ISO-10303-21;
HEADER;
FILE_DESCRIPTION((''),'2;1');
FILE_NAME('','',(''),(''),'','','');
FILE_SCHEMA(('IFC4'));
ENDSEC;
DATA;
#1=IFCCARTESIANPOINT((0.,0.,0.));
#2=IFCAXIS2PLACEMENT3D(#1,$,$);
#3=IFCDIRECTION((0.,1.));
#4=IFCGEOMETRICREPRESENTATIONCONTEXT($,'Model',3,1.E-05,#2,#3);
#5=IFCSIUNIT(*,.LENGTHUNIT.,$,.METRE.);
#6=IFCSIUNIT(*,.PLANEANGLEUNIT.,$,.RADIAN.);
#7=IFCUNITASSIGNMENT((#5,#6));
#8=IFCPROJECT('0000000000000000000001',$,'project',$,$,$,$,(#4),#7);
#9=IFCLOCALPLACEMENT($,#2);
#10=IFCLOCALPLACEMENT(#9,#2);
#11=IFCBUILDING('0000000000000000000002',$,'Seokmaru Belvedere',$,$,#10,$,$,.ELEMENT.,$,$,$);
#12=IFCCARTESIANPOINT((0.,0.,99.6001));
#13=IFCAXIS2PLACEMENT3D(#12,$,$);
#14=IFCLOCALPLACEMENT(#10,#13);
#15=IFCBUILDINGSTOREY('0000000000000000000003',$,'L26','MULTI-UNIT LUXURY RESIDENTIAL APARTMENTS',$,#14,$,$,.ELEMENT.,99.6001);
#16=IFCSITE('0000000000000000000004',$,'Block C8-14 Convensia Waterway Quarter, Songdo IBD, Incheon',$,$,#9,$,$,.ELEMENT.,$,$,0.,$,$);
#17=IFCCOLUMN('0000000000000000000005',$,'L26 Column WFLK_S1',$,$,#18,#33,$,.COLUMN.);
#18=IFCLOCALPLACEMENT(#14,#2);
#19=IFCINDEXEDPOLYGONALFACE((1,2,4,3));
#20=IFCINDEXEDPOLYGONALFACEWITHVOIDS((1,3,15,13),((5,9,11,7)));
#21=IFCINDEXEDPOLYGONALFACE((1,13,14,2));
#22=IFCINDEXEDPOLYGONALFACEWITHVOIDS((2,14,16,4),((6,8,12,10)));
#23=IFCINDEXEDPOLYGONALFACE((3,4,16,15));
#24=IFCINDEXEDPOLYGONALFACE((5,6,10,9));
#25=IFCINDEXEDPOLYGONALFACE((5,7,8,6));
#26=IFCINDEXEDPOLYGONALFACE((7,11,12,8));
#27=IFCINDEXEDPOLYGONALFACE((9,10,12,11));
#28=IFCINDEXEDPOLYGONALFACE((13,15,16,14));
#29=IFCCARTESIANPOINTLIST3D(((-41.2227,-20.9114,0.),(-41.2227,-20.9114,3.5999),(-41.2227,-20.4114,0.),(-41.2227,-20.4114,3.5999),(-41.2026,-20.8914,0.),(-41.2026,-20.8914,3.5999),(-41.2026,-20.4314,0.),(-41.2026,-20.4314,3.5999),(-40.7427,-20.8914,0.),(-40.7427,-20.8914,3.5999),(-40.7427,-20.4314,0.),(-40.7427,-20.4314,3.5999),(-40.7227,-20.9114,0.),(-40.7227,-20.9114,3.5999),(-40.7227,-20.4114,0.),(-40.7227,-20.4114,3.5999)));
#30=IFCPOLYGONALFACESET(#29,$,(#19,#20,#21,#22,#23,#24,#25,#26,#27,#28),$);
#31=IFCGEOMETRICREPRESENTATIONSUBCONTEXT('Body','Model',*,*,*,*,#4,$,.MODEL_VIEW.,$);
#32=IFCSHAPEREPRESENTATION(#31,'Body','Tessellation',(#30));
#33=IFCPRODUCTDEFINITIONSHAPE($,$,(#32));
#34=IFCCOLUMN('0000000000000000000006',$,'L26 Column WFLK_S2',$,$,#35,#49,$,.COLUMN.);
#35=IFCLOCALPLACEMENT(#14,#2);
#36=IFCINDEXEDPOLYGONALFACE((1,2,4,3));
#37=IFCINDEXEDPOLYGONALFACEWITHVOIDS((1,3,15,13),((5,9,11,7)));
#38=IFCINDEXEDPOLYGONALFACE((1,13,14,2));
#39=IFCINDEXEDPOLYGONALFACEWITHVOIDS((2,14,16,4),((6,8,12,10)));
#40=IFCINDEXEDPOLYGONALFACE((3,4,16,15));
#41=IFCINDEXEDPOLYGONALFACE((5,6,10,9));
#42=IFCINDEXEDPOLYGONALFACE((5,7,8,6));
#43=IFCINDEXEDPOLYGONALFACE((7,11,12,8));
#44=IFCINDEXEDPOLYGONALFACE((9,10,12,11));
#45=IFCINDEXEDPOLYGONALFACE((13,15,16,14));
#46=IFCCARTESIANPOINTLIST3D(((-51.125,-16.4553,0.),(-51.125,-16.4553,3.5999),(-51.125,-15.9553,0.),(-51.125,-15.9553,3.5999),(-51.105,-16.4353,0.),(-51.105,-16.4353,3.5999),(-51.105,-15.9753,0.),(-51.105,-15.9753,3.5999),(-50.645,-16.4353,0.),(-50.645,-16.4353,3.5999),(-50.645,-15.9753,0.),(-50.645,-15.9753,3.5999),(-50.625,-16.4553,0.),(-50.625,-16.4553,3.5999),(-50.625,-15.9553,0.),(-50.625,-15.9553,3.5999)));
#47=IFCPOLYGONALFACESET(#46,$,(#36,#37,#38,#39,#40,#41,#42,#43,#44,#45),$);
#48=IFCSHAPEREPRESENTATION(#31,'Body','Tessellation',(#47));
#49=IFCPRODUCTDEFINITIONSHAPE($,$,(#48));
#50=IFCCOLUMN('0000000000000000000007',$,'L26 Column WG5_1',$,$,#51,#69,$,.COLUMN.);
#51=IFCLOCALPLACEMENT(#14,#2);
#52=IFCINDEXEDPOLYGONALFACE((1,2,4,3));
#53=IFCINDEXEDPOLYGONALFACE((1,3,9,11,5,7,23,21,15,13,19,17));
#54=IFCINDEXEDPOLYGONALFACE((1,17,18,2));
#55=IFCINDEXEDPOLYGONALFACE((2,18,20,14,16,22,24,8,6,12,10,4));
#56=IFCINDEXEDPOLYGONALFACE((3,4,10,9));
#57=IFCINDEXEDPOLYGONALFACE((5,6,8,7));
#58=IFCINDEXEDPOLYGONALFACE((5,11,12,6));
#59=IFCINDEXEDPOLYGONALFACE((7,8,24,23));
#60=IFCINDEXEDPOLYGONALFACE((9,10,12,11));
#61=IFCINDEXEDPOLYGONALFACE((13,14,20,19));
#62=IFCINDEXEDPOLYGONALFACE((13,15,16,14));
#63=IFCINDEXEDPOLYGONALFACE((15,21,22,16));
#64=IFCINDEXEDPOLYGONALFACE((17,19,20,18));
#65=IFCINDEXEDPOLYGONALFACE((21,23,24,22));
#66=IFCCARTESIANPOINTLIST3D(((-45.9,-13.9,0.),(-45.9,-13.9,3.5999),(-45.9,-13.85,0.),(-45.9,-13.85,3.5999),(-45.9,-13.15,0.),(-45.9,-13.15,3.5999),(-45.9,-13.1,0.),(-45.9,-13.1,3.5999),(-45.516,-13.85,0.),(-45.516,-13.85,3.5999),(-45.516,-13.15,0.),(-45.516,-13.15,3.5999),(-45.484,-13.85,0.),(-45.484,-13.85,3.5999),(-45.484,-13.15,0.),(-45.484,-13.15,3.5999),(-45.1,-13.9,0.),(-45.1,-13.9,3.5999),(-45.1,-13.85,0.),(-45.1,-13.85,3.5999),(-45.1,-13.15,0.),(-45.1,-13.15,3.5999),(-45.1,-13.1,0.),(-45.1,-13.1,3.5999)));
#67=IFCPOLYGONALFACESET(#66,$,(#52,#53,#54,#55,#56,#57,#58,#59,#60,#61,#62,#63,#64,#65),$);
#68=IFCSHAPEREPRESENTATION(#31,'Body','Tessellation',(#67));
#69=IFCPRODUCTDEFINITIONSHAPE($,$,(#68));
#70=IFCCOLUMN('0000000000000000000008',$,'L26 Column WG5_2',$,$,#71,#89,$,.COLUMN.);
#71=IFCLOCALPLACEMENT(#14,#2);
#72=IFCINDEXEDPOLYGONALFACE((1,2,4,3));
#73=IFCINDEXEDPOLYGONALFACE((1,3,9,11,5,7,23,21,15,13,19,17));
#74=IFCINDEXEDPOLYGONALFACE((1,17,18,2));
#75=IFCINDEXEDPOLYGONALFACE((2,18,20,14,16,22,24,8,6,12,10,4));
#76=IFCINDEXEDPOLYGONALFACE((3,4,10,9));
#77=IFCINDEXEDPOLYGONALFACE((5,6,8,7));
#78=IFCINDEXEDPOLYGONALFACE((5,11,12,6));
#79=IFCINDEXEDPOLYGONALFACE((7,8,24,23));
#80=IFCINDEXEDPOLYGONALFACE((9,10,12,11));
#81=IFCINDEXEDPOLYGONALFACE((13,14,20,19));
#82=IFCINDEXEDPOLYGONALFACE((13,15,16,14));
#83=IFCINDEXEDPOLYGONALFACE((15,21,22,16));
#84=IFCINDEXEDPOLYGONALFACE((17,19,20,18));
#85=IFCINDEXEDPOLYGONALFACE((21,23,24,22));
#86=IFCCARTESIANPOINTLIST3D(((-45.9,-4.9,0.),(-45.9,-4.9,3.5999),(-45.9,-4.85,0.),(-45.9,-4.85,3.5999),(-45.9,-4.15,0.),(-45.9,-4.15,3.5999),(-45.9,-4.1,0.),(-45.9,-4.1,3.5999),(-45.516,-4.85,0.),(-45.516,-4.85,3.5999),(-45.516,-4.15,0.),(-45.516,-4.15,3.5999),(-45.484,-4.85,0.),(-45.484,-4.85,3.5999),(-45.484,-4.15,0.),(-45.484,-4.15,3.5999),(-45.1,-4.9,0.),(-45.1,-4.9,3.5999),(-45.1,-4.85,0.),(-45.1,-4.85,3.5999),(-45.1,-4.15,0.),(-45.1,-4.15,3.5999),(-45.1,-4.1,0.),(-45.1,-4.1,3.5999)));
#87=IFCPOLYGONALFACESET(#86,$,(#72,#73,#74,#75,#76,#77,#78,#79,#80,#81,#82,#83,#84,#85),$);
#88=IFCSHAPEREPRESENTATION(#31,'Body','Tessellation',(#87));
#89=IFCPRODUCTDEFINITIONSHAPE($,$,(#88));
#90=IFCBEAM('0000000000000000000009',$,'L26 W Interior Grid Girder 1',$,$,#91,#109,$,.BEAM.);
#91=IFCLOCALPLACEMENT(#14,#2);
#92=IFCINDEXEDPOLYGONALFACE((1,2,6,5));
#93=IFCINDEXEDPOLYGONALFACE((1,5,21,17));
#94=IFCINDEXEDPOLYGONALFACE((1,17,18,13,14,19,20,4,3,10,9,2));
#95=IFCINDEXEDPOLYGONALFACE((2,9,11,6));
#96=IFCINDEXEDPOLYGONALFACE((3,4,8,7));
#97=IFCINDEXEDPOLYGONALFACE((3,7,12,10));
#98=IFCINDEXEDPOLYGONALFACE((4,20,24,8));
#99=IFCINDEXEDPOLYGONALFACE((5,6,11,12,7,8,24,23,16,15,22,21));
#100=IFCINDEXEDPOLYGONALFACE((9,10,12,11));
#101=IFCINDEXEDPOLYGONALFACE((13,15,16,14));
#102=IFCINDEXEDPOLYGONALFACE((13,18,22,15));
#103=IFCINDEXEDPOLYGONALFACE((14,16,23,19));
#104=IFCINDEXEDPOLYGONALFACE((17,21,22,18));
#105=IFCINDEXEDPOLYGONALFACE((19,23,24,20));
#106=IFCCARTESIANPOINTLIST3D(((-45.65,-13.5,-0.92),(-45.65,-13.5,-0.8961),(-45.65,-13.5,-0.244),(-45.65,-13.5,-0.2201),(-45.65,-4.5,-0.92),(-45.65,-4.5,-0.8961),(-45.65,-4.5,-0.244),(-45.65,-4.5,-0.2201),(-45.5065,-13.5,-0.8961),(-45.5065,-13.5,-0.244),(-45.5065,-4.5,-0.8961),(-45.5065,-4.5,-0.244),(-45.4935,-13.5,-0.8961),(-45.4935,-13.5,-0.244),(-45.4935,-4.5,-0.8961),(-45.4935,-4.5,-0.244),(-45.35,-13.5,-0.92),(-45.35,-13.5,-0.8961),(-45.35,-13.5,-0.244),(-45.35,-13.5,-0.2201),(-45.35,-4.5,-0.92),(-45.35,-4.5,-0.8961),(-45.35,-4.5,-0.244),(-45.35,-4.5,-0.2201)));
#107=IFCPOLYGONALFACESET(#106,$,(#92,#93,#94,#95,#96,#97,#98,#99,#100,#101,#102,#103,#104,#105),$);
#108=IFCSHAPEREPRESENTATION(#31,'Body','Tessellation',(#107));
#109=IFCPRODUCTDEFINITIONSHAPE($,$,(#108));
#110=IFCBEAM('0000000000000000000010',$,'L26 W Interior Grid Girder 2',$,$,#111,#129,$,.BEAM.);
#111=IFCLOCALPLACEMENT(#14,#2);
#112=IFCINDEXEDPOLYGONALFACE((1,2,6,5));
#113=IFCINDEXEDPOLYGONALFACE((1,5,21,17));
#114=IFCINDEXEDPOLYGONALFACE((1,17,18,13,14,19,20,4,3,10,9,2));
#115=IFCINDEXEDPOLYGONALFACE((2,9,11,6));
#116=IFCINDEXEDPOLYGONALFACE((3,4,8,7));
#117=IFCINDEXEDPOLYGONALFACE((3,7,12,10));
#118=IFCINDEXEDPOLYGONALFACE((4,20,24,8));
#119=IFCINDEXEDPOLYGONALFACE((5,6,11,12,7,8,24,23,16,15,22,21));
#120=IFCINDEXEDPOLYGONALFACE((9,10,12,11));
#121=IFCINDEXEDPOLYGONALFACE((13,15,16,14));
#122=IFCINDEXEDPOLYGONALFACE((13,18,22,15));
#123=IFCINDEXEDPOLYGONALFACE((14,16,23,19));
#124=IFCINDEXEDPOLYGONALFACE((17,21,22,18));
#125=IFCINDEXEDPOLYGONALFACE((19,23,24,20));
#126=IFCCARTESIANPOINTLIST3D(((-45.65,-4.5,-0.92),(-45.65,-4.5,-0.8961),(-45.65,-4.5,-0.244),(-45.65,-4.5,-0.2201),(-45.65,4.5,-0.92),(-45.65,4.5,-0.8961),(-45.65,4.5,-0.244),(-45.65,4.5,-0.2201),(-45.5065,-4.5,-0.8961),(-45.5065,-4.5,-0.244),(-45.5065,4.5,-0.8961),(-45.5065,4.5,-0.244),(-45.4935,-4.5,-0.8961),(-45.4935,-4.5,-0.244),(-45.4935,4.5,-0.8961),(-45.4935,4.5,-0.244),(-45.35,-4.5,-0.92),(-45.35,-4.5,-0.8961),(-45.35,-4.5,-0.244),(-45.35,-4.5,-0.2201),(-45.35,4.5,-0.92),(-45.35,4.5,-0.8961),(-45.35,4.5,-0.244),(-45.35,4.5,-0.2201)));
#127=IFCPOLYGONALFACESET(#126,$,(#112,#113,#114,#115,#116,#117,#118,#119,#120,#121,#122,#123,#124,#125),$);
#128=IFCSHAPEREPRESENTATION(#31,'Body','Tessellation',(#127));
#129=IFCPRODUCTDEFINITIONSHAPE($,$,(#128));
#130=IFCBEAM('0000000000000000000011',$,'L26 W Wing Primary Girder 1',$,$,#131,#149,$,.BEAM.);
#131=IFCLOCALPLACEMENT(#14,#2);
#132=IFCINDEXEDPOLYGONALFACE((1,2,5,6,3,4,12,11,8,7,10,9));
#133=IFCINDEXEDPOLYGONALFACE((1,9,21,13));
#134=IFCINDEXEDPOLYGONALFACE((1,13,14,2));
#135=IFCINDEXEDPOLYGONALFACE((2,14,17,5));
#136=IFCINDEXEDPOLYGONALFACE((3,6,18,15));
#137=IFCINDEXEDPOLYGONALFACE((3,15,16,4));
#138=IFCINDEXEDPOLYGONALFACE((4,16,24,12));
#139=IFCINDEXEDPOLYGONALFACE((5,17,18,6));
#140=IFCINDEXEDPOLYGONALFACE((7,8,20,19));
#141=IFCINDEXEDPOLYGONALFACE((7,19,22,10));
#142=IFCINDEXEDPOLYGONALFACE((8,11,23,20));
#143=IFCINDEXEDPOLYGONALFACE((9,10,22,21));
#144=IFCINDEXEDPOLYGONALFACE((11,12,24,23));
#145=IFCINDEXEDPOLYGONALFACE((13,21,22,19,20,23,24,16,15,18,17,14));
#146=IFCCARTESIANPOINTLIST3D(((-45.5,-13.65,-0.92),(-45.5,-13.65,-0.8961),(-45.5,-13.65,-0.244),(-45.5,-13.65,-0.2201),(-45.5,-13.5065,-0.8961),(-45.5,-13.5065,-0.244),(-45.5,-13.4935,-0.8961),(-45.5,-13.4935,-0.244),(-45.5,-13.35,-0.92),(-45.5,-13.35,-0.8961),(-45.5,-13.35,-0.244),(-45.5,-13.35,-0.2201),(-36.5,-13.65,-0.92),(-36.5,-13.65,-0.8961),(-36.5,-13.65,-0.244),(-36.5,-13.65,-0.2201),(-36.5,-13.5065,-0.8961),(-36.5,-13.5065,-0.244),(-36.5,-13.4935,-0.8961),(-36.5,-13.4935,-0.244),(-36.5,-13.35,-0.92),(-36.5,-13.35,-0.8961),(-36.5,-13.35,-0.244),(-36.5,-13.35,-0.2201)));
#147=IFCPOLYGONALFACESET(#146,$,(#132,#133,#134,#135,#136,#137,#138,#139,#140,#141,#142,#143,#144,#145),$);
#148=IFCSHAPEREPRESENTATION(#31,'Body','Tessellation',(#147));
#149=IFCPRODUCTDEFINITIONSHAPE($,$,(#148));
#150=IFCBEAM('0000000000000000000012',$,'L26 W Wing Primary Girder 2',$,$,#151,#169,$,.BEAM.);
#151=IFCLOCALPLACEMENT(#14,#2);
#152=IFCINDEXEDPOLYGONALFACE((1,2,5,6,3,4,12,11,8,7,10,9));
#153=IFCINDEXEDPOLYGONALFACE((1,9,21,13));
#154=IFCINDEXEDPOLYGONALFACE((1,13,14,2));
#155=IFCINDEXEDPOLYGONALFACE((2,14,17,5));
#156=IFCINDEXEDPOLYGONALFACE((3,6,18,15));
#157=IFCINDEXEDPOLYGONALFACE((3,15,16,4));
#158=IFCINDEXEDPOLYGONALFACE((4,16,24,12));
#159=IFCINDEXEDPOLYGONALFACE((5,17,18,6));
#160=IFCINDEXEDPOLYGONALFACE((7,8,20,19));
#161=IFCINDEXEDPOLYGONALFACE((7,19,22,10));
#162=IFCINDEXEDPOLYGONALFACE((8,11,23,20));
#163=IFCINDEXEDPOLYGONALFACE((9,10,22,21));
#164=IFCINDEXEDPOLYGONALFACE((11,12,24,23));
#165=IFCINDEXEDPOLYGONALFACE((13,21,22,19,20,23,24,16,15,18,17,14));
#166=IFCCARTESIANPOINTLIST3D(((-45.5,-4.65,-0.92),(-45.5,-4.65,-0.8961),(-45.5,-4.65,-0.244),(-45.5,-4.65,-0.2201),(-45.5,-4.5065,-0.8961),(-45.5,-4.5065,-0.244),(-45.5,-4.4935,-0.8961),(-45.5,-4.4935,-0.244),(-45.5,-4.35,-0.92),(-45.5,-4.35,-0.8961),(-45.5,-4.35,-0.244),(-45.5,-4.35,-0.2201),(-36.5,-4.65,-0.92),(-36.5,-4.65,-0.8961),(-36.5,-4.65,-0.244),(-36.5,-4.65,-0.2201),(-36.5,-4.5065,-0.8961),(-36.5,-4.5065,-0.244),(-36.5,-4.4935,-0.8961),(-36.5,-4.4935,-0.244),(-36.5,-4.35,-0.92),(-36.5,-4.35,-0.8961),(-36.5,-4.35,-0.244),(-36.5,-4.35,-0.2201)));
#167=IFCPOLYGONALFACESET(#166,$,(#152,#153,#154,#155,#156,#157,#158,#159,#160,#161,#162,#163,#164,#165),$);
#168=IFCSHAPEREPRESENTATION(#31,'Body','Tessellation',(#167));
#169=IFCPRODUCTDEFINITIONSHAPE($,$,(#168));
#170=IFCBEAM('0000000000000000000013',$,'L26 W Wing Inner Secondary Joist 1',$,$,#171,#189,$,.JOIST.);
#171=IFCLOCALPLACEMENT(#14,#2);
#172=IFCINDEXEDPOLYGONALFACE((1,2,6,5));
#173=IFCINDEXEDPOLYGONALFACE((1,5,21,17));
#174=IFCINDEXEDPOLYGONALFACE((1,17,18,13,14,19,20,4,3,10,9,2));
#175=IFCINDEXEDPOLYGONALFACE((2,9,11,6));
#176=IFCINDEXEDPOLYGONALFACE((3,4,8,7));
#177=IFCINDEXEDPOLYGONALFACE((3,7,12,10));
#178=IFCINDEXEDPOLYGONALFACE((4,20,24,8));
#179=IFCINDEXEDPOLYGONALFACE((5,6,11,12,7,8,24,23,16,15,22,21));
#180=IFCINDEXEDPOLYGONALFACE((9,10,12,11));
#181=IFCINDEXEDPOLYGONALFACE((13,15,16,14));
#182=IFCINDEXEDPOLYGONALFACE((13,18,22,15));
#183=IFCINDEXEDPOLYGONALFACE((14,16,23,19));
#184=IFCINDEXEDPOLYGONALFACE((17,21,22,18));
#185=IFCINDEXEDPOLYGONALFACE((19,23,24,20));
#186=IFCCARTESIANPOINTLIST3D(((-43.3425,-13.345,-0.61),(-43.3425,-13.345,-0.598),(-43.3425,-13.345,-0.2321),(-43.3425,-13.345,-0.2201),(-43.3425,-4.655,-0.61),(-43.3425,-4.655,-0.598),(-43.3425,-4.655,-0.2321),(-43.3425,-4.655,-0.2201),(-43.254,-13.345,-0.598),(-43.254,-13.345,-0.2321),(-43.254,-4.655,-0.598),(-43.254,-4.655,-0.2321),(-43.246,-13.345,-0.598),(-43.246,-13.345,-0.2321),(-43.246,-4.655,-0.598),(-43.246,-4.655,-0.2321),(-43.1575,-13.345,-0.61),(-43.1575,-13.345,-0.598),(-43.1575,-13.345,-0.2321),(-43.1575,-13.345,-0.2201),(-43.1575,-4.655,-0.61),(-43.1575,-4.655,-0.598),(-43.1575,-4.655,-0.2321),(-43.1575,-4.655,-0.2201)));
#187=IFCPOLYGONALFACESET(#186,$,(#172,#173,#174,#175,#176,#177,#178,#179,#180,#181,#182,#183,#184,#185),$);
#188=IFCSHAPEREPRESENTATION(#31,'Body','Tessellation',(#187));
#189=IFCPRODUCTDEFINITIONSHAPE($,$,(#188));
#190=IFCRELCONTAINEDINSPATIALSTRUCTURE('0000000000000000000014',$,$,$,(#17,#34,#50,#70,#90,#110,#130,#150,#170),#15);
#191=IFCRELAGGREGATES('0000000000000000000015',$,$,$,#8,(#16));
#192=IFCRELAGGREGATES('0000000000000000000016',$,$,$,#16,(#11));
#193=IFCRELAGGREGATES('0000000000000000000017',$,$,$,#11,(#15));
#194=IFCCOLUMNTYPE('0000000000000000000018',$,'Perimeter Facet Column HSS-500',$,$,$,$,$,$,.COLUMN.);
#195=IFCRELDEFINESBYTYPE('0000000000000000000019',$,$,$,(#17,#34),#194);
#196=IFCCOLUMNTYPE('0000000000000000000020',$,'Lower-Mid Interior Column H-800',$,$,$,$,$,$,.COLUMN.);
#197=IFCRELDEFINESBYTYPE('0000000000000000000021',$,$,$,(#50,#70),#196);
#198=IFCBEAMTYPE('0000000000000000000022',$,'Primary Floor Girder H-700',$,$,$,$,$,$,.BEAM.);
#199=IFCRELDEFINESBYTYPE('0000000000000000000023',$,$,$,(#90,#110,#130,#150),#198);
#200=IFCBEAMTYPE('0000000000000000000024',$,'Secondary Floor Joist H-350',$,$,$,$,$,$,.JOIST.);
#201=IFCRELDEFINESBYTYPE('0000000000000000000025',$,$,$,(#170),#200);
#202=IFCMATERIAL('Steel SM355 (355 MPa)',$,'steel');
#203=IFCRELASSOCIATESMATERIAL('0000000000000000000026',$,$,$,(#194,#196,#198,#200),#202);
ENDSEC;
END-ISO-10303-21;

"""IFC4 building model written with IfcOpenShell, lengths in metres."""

from ifc_helpers import new_model, si_unit, direction, frame, origin, origin_2d, place, context, subcontext, project, spatial, hollow_rectangle, i_section, extrude, source, transform, mapped, material, material_profile, profile_set, type_object, type_shapes, element, save


model = new_model("IFC4")

# Units and contexts
model_context = context("Model", 3, precision=1e-05, world=origin(), true_north=direction((0.0, 1.0)))
body_context = subcontext(model_context, "Body", "Model", "MODEL_VIEW")
ifc_project = project(units=[si_unit("LENGTHUNIT", "METRE"), si_unit("PLANEANGLEUNIT", "RADIAN")], contexts=[model_context])

# Site, building, storey
site_placement = place(None, origin())
site = spatial("IfcSite", under=ifc_project, at=site_placement, Name="Block C8-14 Convensia Waterway Quarter, Songdo IBD, Incheon", CompositionType="ELEMENT", RefElevation=0.0)
building_placement = place(site_placement, origin())
building = spatial("IfcBuilding", under=site, at=building_placement, Name="Seokmaru Belvedere", CompositionType="ELEMENT")
storey_placement = place(building_placement, frame((0.0, 0.0, 99.6001)))
storey = spatial("IfcBuildingStorey", under=building, at=storey_placement, Name="L26", Description="MULTI-UNIT LUXURY RESIDENTIAL APARTMENTS", CompositionType="ELEMENT", Elevation=99.6001)

# Columns
ifc_material_1 = material(Name="Steel SM355 (355 MPa)", Category="steel")
ifc_material_profile_1 = material_profile(ifc_material_1, hollow_rectangle(XDim=0.5, YDim=0.5, WallThickness=0.02, at=origin_2d()), Name="HSS-500x500x20")
ifc_profile_set_1 = profile_set([ifc_material_profile_1], Name="Steel SM355 (355 MPa)")
column_type_1 = type_object("IfcColumnType", Name="Perimeter Facet Column HSS-500", PredefinedType="COLUMN", material=ifc_profile_set_1)
shared_shape_1 = source(origin(), body_context, "Body", "SweptSolid", [
    extrude(hollow_rectangle(XDim=0.5, YDim=0.5, WallThickness=0.02, at=origin_2d()), origin(), (0.0, 0.0, 1.0), 3.5999),
])
type_shapes(column_type_1, [shared_shape_1])
for number, where, z_axis, x_axis, name in (
    (1, (-40.9727, -20.6614, 0.0), (0.0, 0.0, 1.0), (1.0, 0.0, 0.0), "L26 Column WFLK_S1"),
    (2, (-50.875, -16.2053, 0.0), (0.0, 0.0, 1.0), (1.0, 0.0, 0.0), "L26 Column WFLK_S2"),
):
    element("IfcColumn", number, at=place(storey_placement, frame(where, z_axis=z_axis, x_axis=x_axis)), inside=storey, type_object=column_type_1, Name=name, PredefinedType="COLUMN", context=body_context, shape_type="MappedRepresentation", body=[
        mapped(shared_shape_1, transform((0.0, 0.0, 0.0), scale=1.0)),
    ])
ifc_material_profile_2 = material_profile(ifc_material_1, i_section(OverallWidth=0.8, OverallDepth=0.8, WebThickness=0.032, FlangeThickness=0.05, at=origin_2d()), Name="H-800x800x32x50")
ifc_profile_set_2 = profile_set([ifc_material_profile_2], Name="Steel SM355 (355 MPa)")
column_type_2 = type_object("IfcColumnType", Name="Lower-Mid Interior Column H-800", PredefinedType="COLUMN", material=ifc_profile_set_2)
shared_shape_2 = source(origin(), body_context, "Body", "SweptSolid", [
    extrude(i_section(OverallWidth=0.8, OverallDepth=0.8, WebThickness=0.032, FlangeThickness=0.05, at=origin_2d()), origin(), (0.0, 0.0, 1.0), 3.5999),
])
type_shapes(column_type_2, [shared_shape_2])
for number, where, z_axis, x_axis, name in (
    (3, (-45.5, -13.5, 0.0), (0.0, 0.0, 1.0), (1.0, 0.0, 0.0), "L26 Column WG5_1"),
    (4, (-45.5, -4.5, 0.0), (0.0, 0.0, 1.0), (1.0, 0.0, 0.0), "L26 Column WG5_2"),
):
    element("IfcColumn", number, at=place(storey_placement, frame(where, z_axis=z_axis, x_axis=x_axis)), inside=storey, type_object=column_type_2, Name=name, PredefinedType="COLUMN", context=body_context, shape_type="MappedRepresentation", body=[
        mapped(shared_shape_2, transform((0.0, 0.0, 0.0), scale=1.0)),
    ])

# Beams
ifc_material_profile_3 = material_profile(ifc_material_1, i_section(OverallWidth=0.3, OverallDepth=0.7, WebThickness=0.0129, FlangeThickness=0.0239, at=origin_2d()), Name="H-700x300x13x24")
ifc_profile_set_3 = profile_set([ifc_material_profile_3], Name="Steel SM355 (355 MPa)")
beam_type_1 = type_object("IfcBeamType", Name="Primary Floor Girder H-700", PredefinedType="BEAM", material=ifc_profile_set_3)
shared_shape_3 = source(origin(), body_context, "Body", "SweptSolid", [
    extrude(i_section(OverallWidth=0.3, OverallDepth=0.7, WebThickness=0.0129, FlangeThickness=0.0239, at=origin_2d()), origin(), (0.0, 0.0, 1.0), 9.0),
])
for number, where, z_axis, x_axis, name in (
    (5, (-45.5, -13.5, -0.5701), (0.0, 1.0, 0.0), (-1.0, 0.0, 0.0), "L26 W Interior Grid Girder 1"),
    (6, (-45.5, -4.5, -0.5701), (0.0, 1.0, 0.0), (-1.0, 0.0, 0.0), "L26 W Interior Grid Girder 2"),
    (7, (-45.5, -13.5, -0.5701), (1.0, 0.0, 0.0), (0.0, 1.0, 0.0), "L26 W Wing Primary Girder 1"),
    (8, (-45.5, -4.5, -0.5701), (1.0, 0.0, 0.0), (0.0, 1.0, 0.0), "L26 W Wing Primary Girder 2"),
):
    element("IfcBeam", number, at=place(storey_placement, frame(where, z_axis=z_axis, x_axis=x_axis)), inside=storey, type_object=beam_type_1, Name=name, PredefinedType="BEAM", context=body_context, shape_type="MappedRepresentation", body=[
        mapped(shared_shape_3, transform((0.0, 0.0, 0.0), scale=1.0)),
    ])
ifc_material_profile_4 = material_profile(ifc_material_1, i_section(OverallWidth=0.1851, OverallDepth=0.3899, WebThickness=0.0081, FlangeThickness=0.012, at=origin_2d()), Name="H-390x185x8x12")
ifc_profile_set_4 = profile_set([ifc_material_profile_4], Name="Steel SM355 (355 MPa)")
beam_type_2 = type_object("IfcBeamType", Name="Secondary Floor Joist H-350", PredefinedType="JOIST", material=ifc_profile_set_4)
shared_shape_4 = source(origin(), body_context, "Body", "SweptSolid", [
    extrude(i_section(OverallWidth=0.1851, OverallDepth=0.3899, WebThickness=0.0081, FlangeThickness=0.012, at=origin_2d()), origin(), (0.0, 0.0, 1.0), 8.6899),
])
type_shapes(beam_type_2, [shared_shape_4])
for number, where, z_axis, x_axis, name in (
    (9, (-43.25, -13.345, -0.415), (0.0, 1.0, 0.0), (-1.0, 0.0, 0.0), "L26 W Wing Inner Secondary Joist 1"),
):
    element("IfcBeam", number, at=place(storey_placement, frame(where, z_axis=z_axis, x_axis=x_axis)), inside=storey, type_object=beam_type_2, Name=name, PredefinedType="JOIST", context=body_context, shape_type="MappedRepresentation", body=[
        mapped(shared_shape_4, transform((0.0, 0.0, 0.0), scale=1.0)),
    ])

save(model, "model.ifc")
